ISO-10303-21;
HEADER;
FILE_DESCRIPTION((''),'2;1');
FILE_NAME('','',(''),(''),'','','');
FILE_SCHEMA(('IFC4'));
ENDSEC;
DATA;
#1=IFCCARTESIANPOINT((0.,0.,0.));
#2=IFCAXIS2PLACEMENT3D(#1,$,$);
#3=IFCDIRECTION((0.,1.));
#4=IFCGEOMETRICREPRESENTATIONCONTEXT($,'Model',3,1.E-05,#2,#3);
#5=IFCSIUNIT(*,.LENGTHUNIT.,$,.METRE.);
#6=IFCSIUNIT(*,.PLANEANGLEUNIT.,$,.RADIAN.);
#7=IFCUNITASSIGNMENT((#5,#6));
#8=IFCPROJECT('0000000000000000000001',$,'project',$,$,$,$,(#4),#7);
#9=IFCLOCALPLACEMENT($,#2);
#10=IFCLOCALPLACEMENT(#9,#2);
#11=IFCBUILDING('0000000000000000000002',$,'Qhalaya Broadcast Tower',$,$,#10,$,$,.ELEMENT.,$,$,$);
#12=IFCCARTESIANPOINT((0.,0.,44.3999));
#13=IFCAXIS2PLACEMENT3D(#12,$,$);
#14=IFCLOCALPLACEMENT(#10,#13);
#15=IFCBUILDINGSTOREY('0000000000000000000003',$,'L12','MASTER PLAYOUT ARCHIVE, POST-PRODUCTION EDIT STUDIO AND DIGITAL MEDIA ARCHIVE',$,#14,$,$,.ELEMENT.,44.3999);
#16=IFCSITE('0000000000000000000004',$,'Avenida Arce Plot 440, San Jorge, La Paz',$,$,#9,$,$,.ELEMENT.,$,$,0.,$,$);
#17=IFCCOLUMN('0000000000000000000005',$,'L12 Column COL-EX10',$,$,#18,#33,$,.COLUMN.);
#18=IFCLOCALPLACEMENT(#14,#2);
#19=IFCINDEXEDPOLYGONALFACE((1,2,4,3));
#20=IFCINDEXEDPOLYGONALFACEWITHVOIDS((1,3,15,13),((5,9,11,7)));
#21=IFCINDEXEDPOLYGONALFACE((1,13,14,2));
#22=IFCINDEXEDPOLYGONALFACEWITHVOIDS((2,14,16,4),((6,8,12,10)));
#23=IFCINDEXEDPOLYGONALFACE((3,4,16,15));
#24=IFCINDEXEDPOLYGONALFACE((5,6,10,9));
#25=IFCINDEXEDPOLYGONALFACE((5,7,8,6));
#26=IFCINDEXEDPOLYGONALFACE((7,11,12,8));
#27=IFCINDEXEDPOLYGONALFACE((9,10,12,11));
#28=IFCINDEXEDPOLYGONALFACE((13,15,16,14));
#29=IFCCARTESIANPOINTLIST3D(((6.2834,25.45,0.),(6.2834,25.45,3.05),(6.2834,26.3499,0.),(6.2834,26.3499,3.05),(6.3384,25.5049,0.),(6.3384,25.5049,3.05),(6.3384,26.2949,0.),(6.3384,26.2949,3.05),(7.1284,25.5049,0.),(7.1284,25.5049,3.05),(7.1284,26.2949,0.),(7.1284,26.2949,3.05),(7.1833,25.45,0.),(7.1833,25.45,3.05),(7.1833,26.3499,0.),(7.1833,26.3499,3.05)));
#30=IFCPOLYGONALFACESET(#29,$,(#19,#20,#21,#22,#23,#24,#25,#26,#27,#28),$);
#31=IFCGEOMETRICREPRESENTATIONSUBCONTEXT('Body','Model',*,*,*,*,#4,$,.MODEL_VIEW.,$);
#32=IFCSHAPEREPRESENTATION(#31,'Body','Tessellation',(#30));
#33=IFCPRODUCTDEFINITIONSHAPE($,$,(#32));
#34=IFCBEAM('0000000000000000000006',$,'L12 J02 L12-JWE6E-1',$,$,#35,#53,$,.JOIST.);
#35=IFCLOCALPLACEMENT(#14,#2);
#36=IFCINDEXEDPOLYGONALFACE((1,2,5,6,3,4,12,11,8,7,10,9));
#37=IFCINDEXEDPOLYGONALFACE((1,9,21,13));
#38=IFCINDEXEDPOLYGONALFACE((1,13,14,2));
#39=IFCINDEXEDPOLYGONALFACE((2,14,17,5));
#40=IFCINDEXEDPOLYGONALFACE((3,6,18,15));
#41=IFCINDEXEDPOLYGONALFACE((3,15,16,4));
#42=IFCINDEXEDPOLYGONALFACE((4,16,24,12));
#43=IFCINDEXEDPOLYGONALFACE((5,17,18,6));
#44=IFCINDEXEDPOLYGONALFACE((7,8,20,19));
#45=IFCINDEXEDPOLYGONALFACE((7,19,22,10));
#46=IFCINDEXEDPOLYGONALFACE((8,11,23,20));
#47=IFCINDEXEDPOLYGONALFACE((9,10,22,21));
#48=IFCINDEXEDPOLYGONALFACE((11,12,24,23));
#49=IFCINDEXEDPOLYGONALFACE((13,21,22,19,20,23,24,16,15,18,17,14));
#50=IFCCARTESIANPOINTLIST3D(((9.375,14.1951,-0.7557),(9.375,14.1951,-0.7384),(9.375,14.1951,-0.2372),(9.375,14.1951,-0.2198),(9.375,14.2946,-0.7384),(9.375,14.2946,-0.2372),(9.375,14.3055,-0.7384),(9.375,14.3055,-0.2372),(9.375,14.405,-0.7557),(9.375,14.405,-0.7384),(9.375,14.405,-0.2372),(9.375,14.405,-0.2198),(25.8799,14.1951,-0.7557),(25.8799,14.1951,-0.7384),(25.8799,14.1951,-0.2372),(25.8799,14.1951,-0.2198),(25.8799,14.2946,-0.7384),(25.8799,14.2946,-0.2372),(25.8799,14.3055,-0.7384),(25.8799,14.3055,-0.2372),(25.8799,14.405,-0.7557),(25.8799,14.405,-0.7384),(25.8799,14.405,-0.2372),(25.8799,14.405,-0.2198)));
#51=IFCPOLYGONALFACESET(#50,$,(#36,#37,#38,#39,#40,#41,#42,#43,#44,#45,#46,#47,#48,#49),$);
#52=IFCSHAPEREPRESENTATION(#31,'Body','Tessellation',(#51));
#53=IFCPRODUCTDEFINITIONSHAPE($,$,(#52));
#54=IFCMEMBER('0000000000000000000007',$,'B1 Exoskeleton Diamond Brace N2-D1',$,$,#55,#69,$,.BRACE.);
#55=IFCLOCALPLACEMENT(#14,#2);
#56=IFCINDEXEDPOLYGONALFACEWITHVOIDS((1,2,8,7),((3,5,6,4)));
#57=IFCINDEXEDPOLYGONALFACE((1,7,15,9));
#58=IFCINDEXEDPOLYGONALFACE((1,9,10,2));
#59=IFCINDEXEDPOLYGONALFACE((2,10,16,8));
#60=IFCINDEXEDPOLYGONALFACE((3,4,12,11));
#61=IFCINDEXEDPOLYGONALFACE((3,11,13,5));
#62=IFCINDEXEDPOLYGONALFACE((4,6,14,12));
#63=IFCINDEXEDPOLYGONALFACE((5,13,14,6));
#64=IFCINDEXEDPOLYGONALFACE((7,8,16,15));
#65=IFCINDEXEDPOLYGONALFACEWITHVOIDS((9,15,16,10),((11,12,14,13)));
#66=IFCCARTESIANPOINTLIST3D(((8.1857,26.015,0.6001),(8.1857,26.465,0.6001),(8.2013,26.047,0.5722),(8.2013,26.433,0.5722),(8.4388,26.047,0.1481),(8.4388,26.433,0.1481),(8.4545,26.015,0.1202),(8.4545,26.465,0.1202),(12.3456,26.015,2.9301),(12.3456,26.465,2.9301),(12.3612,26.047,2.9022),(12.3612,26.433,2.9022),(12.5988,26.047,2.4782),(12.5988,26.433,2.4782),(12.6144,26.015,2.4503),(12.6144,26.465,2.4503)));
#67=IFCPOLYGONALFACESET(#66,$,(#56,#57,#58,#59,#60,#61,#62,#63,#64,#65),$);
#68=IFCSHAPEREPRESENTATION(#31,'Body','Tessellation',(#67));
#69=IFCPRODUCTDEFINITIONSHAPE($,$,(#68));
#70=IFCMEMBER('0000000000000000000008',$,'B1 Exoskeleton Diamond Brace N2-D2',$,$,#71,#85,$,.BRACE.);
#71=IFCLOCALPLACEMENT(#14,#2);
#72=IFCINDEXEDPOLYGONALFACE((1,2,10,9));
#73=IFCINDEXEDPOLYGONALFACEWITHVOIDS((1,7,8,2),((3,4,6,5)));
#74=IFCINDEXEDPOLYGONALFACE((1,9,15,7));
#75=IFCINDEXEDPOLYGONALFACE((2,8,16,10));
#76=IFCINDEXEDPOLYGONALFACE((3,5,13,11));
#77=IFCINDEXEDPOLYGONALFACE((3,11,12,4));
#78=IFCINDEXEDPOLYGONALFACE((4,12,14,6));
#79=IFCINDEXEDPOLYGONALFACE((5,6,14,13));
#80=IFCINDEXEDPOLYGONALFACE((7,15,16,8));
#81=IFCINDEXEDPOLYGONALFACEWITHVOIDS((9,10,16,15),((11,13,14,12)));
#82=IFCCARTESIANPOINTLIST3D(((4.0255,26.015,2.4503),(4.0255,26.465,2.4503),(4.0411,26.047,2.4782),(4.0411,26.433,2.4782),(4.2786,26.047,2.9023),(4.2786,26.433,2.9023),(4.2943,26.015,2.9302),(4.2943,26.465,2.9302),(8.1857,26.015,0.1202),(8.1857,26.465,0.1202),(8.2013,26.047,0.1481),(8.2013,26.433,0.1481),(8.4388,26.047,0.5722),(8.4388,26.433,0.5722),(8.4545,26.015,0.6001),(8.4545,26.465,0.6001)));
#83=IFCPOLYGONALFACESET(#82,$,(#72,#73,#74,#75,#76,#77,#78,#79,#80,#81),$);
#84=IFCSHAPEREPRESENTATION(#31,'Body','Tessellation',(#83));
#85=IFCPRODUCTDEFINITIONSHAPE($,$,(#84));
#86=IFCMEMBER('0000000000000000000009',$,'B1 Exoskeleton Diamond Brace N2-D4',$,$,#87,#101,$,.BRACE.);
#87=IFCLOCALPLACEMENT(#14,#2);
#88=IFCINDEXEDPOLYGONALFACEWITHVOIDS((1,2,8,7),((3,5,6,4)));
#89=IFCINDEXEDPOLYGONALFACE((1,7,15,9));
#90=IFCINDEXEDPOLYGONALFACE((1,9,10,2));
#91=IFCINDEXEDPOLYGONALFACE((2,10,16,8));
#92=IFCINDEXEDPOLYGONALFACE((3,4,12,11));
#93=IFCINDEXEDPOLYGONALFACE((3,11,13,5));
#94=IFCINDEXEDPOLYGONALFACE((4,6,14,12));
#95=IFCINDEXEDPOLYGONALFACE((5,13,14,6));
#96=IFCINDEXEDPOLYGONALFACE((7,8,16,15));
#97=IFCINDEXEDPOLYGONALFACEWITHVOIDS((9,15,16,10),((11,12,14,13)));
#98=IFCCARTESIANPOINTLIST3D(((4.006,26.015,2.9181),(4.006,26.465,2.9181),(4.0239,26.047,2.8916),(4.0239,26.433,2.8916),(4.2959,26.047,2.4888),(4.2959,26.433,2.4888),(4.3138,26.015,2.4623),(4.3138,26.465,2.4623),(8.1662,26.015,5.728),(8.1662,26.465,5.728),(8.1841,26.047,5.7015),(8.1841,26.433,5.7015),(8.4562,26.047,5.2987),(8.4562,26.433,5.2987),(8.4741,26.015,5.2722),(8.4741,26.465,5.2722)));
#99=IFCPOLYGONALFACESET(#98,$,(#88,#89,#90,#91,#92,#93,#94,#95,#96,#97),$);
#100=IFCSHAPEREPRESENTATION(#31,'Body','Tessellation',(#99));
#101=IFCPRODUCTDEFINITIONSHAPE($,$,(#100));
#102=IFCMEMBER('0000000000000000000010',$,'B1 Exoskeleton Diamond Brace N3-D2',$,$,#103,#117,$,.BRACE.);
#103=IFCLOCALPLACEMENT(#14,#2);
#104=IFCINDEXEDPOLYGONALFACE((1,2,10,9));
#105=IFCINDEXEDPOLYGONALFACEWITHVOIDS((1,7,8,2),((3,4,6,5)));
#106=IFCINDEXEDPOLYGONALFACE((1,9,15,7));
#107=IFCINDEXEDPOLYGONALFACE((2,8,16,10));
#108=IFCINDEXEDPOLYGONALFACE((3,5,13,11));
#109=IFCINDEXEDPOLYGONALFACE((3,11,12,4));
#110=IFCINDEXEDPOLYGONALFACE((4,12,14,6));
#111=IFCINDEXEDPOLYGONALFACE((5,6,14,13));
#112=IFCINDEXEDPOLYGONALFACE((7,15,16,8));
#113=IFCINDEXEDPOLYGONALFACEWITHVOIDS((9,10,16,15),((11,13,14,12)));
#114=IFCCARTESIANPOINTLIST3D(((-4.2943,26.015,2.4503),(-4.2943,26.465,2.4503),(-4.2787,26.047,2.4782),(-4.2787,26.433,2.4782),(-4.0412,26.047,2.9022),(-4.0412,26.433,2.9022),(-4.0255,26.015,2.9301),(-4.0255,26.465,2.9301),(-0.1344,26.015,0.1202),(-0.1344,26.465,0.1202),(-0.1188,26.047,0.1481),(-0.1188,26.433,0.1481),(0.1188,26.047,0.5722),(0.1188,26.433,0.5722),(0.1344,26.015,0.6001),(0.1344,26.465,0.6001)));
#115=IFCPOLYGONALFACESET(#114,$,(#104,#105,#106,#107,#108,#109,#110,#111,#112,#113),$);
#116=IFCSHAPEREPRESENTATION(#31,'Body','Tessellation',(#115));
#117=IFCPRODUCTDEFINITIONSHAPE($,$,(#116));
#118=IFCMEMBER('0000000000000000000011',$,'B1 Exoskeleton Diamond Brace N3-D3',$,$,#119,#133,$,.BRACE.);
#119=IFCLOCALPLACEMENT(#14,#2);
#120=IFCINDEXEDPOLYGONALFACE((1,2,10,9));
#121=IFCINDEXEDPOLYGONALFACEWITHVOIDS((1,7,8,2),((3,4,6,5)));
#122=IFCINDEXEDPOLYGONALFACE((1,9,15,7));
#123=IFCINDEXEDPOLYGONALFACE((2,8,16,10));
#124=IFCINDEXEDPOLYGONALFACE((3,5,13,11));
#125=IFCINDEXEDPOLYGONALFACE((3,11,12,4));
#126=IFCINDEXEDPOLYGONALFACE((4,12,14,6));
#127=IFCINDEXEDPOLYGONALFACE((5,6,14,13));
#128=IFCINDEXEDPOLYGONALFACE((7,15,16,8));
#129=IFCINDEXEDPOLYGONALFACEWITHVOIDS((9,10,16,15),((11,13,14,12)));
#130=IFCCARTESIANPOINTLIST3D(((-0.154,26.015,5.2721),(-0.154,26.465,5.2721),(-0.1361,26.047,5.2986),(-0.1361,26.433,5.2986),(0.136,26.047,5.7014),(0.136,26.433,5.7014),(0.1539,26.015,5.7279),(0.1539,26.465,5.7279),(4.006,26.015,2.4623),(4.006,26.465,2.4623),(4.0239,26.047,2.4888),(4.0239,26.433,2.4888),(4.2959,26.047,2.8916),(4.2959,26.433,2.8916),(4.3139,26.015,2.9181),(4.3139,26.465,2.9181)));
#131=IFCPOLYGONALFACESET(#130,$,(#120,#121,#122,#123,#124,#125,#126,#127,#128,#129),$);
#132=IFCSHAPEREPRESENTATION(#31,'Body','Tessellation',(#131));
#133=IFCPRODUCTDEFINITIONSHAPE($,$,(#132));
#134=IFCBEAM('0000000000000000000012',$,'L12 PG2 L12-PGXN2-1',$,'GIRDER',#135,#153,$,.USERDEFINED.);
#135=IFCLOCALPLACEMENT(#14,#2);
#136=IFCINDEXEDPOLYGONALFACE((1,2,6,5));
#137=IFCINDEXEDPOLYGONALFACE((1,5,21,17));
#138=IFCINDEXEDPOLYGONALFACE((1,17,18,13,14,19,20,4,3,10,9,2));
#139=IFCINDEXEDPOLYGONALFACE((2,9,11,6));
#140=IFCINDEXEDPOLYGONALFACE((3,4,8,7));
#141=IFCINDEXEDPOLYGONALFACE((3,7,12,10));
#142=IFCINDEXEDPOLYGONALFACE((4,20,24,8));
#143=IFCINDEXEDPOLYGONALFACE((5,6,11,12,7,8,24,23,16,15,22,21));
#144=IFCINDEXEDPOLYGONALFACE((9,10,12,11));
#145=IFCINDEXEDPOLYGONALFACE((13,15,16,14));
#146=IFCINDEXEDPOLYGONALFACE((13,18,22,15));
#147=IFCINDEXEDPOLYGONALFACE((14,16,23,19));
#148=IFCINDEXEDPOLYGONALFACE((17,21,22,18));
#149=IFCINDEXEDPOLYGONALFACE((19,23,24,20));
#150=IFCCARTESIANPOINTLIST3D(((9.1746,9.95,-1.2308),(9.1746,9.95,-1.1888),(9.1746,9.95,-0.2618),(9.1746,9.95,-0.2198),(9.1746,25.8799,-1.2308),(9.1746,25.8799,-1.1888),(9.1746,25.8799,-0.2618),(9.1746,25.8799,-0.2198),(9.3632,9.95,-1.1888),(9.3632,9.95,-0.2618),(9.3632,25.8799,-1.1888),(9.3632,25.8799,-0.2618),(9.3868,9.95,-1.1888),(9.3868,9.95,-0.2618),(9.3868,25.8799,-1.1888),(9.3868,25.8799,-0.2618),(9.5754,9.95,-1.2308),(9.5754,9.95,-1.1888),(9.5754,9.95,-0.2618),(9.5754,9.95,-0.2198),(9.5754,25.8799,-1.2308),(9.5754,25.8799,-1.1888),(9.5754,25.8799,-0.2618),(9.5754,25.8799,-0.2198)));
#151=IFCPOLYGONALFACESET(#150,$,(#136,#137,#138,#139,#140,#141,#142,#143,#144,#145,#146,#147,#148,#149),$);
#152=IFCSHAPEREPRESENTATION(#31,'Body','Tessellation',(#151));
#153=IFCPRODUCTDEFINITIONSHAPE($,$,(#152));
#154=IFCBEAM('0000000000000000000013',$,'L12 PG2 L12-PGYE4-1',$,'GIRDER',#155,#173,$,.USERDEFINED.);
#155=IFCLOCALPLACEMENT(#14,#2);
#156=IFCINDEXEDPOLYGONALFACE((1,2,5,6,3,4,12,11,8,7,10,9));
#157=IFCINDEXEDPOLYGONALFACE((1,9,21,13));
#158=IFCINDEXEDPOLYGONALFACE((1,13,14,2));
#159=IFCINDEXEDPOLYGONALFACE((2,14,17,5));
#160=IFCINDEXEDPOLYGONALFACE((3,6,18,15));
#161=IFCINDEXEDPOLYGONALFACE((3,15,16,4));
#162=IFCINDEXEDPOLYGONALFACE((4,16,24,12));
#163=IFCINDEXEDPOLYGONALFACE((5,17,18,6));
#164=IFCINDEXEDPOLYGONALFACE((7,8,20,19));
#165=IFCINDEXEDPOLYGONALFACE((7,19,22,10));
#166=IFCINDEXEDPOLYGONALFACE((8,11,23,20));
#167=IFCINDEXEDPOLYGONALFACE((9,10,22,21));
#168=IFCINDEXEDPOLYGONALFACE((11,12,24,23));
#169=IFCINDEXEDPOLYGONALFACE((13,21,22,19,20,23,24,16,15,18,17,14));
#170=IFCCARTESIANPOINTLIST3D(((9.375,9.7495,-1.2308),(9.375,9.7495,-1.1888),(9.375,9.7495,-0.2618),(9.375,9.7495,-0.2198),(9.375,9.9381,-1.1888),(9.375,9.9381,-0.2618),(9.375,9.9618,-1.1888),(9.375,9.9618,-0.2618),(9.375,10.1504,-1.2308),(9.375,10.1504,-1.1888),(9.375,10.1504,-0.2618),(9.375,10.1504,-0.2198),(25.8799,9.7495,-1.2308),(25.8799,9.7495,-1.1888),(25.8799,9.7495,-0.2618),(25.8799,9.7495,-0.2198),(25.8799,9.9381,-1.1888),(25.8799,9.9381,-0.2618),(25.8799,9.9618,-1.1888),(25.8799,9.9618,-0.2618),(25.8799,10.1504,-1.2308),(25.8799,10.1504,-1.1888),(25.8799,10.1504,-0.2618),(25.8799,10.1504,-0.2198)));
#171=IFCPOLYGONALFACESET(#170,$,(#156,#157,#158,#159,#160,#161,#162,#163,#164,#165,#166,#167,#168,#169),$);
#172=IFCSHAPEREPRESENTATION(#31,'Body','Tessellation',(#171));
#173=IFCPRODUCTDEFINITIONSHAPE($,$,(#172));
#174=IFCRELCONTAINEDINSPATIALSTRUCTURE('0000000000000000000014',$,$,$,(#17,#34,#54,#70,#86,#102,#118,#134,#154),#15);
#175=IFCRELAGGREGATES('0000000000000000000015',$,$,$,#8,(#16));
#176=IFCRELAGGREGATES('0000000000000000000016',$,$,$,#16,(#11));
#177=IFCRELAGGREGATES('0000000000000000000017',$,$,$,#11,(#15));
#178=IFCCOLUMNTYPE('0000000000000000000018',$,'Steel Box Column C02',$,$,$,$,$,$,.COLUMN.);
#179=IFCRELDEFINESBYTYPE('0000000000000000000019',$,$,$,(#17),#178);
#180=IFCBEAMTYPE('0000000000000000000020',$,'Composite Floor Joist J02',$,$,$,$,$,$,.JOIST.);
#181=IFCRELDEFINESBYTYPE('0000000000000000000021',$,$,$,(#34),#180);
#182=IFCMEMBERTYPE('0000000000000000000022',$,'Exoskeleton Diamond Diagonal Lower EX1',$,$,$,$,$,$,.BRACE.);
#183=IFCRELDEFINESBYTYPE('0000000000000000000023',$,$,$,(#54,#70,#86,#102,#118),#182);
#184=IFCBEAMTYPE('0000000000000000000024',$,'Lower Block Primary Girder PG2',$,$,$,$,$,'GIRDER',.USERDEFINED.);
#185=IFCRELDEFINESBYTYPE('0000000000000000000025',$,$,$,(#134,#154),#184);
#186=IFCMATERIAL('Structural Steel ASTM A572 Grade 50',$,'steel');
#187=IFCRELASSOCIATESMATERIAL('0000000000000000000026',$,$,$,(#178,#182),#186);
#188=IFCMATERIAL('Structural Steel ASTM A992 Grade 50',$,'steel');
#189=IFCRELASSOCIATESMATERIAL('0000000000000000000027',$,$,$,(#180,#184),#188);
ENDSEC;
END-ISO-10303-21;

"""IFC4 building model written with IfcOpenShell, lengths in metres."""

from ifc_helpers import new_model, si_unit, direction, frame, origin, origin_2d, place, context, subcontext, project, spatial, hollow_rectangle, i_section, extrude, material, material_profile, profile_set, type_object, element, save


model = new_model("IFC4")

# Units and contexts
model_context = context("Model", 3, precision=1e-05, world=origin(), true_north=direction((0.0, 1.0)))
body_context = subcontext(model_context, "Body", "Model", "MODEL_VIEW")
ifc_project = project(units=[si_unit("LENGTHUNIT", "METRE"), si_unit("PLANEANGLEUNIT", "RADIAN")], contexts=[model_context])

# Site, building, storey
site_placement = place(None, origin())
site = spatial("IfcSite", under=ifc_project, at=site_placement, Name="Avenida Arce Plot 440, San Jorge, La Paz", CompositionType="ELEMENT", RefElevation=0.0)
building_placement = place(site_placement, origin())
building = spatial("IfcBuilding", under=site, at=building_placement, Name="Qhalaya Broadcast Tower", CompositionType="ELEMENT")
storey_placement = place(building_placement, frame((0.0, 0.0, 44.3999)))
storey = spatial("IfcBuildingStorey", under=building, at=storey_placement, Name="L12", Description="MASTER PLAYOUT ARCHIVE, POST-PRODUCTION EDIT STUDIO AND DIGITAL MEDIA ARCHIVE", CompositionType="ELEMENT", Elevation=44.3999)

# Column
ifc_material_1 = material(Name="Structural Steel ASTM A572 Grade 50", Category="steel")
ifc_material_profile_1 = material_profile(ifc_material_1, hollow_rectangle(XDim=0.8999, YDim=0.8999, WallThickness=0.0549, at=origin_2d()), Name="BOX 900x900x55")
ifc_profile_set_1 = profile_set([ifc_material_profile_1], Name="Structural Steel ASTM A572 Grade 50")
column_type = type_object("IfcColumnType", Name="Steel Box Column C02", PredefinedType="COLUMN", material=ifc_profile_set_1)
column_placement = place(storey_placement, frame((6.7334, 25.8999, 0.0), z_axis=(0.0, 0.0, 1.0), x_axis=(1.0, 0.0, 0.0)))
element("IfcColumn", 1, at=column_placement, inside=storey, type_object=column_type, Name="L12 Column COL-EX10", PredefinedType="COLUMN", context=body_context, shape_type="SweptSolid", body=[
    extrude(hollow_rectangle(XDim=0.8999, YDim=0.8999, WallThickness=0.0549, at=origin_2d()), origin(), (0.0, 0.0, 1.0), 3.05),
])

# Beam
ifc_material_2 = material(Name="Structural Steel ASTM A992 Grade 50", Category="steel")
ifc_material_profile_2 = material_profile(ifc_material_2, i_section(OverallWidth=0.21, OverallDepth=0.5359, WebThickness=0.011, FlangeThickness=0.0173, at=origin_2d()), Name="W21X68")
ifc_profile_set_2 = profile_set([ifc_material_profile_2], Name="Structural Steel ASTM A992 Grade 50")
beam_type_1 = type_object("IfcBeamType", Name="Composite Floor Joist J02", PredefinedType="JOIST", material=ifc_profile_set_2)
beam_1_placement = place(storey_placement, frame((9.375, 14.3, -0.4878), z_axis=(1.0, 0.0, 0.0), x_axis=(0.0, 1.0, 0.0)))
element("IfcBeam", 2, at=beam_1_placement, inside=storey, type_object=beam_type_1, Name="L12 J02 L12-JWE6E-1", PredefinedType="JOIST", context=body_context, shape_type="SweptSolid", body=[
    extrude(i_section(OverallWidth=0.21, OverallDepth=0.5359, WebThickness=0.011, FlangeThickness=0.0173, at=origin_2d()), origin(), (0.0, 0.0, 1.0), 16.5049),
])

# Members
ifc_material_profile_3 = material_profile(ifc_material_1, hollow_rectangle(XDim=0.45, YDim=0.55, WallThickness=0.032, at=origin_2d()), Name="BOX 450x550x32")
ifc_profile_set_3 = profile_set([ifc_material_profile_3], Name="Structural Steel ASTM A572 Grade 50")
member_type = type_object("IfcMemberType", Name="Exoskeleton Diamond Diagonal Lower EX1", PredefinedType="BRACE", material=ifc_profile_set_3)
member_1_placement = place(storey_placement, frame((8.3201, 26.24, 0.3601), z_axis=(0.872459, 0.0, 0.488688), x_axis=(0.0, 1.0, 0.0)))
element("IfcMember", 3, at=member_1_placement, inside=storey, type_object=member_type, Name="B1 Exoskeleton Diamond Brace N2-D1", PredefinedType="BRACE", context=body_context, shape_type="SweptSolid", body=[
    extrude(hollow_rectangle(XDim=0.45, YDim=0.55, WallThickness=0.032, at=origin_2d()), origin(), (0.0, 0.0, 1.0), 4.7681),
])
member_2_placement = place(storey_placement, frame((8.3201, 26.24, 0.3601), z_axis=(-0.872471, 0.0, 0.488666), x_axis=(0.0, -1.0, 0.0)))
element("IfcMember", 4, at=member_2_placement, inside=storey, type_object=member_type, Name="B1 Exoskeleton Diamond Brace N2-D2", PredefinedType="BRACE", context=body_context, shape_type="SweptSolid", body=[
    extrude(hollow_rectangle(XDim=0.45, YDim=0.55, WallThickness=0.032, at=origin_2d()), origin(), (0.0, 0.0, 1.0), 4.7683),
])
member_3_placement = place(storey_placement, frame((4.1599, 26.24, 2.6902), z_axis=(0.828691, 0.0, 0.559707), x_axis=(0.0, 1.0, 0.0)))
element("IfcMember", 5, at=member_3_placement, inside=storey, type_object=member_type, Name="B1 Exoskeleton Diamond Brace N2-D4", PredefinedType="BRACE", context=body_context, shape_type="SweptSolid", body=[
    extrude(hollow_rectangle(XDim=0.45, YDim=0.55, WallThickness=0.032, at=origin_2d()), origin(), (0.0, 0.0, 1.0), 5.0203),
])
member_4_placement = place(storey_placement, frame((0.0, 26.24, 0.3601), z_axis=(-0.872459, 0.0, 0.488688), x_axis=(0.0, -1.0, 0.0)))
element("IfcMember", 6, at=member_4_placement, inside=storey, type_object=member_type, Name="B1 Exoskeleton Diamond Brace N3-D2", PredefinedType="BRACE", context=body_context, shape_type="SweptSolid", body=[
    extrude(hollow_rectangle(XDim=0.45, YDim=0.55, WallThickness=0.032, at=origin_2d()), origin(), (0.0, 0.0, 1.0), 4.7681),
])
member_5_placement = place(storey_placement, frame((4.1599, 26.24, 2.6902), z_axis=(-0.828676, 0.0, 0.559729), x_axis=(0.0, -1.0, 0.0)))
element("IfcMember", 7, at=member_5_placement, inside=storey, type_object=member_type, Name="B1 Exoskeleton Diamond Brace N3-D3", PredefinedType="BRACE", context=body_context, shape_type="SweptSolid", body=[
    extrude(hollow_rectangle(XDim=0.45, YDim=0.55, WallThickness=0.032, at=origin_2d()), origin(), (0.0, 0.0, 1.0), 5.02),
])

# Beams
ifc_material_profile_4 = material_profile(ifc_material_2, i_section(OverallWidth=0.4009, OverallDepth=1.011, WebThickness=0.0237, FlangeThickness=0.042, at=origin_2d()), Name="W40X297")
ifc_profile_set_4 = profile_set([ifc_material_profile_4], Name="Structural Steel ASTM A992 Grade 50")
beam_type_2 = type_object("IfcBeamType", Name="Lower Block Primary Girder PG2", ElementType="GIRDER", PredefinedType="USERDEFINED", material=ifc_profile_set_4)
beam_2_placement = place(storey_placement, frame((9.375, 9.95, -0.7253), z_axis=(0.0, 1.0, 0.0), x_axis=(-1.0, 0.0, 0.0)))
element("IfcBeam", 8, at=beam_2_placement, inside=storey, type_object=beam_type_2, Name="L12 PG2 L12-PGXN2-1", ObjectType="GIRDER", PredefinedType="USERDEFINED", context=body_context, shape_type="SweptSolid", body=[
    extrude(i_section(OverallWidth=0.4009, OverallDepth=1.011, WebThickness=0.0237, FlangeThickness=0.042, at=origin_2d()), origin(), (0.0, 0.0, 1.0), 15.9299),
])
beam_3_placement = place(storey_placement, frame((9.375, 9.95, -0.7253), z_axis=(1.0, 0.0, 0.0), x_axis=(0.0, 1.0, 0.0)))
element("IfcBeam", 9, at=beam_3_placement, inside=storey, type_object=beam_type_2, Name="L12 PG2 L12-PGYE4-1", ObjectType="GIRDER", PredefinedType="USERDEFINED", context=body_context, shape_type="SweptSolid", body=[
    extrude(i_section(OverallWidth=0.4009, OverallDepth=1.011, WebThickness=0.0237, FlangeThickness=0.042, at=origin_2d()), origin(), (0.0, 0.0, 1.0), 16.5049),
])

save(model, "model.ifc")
